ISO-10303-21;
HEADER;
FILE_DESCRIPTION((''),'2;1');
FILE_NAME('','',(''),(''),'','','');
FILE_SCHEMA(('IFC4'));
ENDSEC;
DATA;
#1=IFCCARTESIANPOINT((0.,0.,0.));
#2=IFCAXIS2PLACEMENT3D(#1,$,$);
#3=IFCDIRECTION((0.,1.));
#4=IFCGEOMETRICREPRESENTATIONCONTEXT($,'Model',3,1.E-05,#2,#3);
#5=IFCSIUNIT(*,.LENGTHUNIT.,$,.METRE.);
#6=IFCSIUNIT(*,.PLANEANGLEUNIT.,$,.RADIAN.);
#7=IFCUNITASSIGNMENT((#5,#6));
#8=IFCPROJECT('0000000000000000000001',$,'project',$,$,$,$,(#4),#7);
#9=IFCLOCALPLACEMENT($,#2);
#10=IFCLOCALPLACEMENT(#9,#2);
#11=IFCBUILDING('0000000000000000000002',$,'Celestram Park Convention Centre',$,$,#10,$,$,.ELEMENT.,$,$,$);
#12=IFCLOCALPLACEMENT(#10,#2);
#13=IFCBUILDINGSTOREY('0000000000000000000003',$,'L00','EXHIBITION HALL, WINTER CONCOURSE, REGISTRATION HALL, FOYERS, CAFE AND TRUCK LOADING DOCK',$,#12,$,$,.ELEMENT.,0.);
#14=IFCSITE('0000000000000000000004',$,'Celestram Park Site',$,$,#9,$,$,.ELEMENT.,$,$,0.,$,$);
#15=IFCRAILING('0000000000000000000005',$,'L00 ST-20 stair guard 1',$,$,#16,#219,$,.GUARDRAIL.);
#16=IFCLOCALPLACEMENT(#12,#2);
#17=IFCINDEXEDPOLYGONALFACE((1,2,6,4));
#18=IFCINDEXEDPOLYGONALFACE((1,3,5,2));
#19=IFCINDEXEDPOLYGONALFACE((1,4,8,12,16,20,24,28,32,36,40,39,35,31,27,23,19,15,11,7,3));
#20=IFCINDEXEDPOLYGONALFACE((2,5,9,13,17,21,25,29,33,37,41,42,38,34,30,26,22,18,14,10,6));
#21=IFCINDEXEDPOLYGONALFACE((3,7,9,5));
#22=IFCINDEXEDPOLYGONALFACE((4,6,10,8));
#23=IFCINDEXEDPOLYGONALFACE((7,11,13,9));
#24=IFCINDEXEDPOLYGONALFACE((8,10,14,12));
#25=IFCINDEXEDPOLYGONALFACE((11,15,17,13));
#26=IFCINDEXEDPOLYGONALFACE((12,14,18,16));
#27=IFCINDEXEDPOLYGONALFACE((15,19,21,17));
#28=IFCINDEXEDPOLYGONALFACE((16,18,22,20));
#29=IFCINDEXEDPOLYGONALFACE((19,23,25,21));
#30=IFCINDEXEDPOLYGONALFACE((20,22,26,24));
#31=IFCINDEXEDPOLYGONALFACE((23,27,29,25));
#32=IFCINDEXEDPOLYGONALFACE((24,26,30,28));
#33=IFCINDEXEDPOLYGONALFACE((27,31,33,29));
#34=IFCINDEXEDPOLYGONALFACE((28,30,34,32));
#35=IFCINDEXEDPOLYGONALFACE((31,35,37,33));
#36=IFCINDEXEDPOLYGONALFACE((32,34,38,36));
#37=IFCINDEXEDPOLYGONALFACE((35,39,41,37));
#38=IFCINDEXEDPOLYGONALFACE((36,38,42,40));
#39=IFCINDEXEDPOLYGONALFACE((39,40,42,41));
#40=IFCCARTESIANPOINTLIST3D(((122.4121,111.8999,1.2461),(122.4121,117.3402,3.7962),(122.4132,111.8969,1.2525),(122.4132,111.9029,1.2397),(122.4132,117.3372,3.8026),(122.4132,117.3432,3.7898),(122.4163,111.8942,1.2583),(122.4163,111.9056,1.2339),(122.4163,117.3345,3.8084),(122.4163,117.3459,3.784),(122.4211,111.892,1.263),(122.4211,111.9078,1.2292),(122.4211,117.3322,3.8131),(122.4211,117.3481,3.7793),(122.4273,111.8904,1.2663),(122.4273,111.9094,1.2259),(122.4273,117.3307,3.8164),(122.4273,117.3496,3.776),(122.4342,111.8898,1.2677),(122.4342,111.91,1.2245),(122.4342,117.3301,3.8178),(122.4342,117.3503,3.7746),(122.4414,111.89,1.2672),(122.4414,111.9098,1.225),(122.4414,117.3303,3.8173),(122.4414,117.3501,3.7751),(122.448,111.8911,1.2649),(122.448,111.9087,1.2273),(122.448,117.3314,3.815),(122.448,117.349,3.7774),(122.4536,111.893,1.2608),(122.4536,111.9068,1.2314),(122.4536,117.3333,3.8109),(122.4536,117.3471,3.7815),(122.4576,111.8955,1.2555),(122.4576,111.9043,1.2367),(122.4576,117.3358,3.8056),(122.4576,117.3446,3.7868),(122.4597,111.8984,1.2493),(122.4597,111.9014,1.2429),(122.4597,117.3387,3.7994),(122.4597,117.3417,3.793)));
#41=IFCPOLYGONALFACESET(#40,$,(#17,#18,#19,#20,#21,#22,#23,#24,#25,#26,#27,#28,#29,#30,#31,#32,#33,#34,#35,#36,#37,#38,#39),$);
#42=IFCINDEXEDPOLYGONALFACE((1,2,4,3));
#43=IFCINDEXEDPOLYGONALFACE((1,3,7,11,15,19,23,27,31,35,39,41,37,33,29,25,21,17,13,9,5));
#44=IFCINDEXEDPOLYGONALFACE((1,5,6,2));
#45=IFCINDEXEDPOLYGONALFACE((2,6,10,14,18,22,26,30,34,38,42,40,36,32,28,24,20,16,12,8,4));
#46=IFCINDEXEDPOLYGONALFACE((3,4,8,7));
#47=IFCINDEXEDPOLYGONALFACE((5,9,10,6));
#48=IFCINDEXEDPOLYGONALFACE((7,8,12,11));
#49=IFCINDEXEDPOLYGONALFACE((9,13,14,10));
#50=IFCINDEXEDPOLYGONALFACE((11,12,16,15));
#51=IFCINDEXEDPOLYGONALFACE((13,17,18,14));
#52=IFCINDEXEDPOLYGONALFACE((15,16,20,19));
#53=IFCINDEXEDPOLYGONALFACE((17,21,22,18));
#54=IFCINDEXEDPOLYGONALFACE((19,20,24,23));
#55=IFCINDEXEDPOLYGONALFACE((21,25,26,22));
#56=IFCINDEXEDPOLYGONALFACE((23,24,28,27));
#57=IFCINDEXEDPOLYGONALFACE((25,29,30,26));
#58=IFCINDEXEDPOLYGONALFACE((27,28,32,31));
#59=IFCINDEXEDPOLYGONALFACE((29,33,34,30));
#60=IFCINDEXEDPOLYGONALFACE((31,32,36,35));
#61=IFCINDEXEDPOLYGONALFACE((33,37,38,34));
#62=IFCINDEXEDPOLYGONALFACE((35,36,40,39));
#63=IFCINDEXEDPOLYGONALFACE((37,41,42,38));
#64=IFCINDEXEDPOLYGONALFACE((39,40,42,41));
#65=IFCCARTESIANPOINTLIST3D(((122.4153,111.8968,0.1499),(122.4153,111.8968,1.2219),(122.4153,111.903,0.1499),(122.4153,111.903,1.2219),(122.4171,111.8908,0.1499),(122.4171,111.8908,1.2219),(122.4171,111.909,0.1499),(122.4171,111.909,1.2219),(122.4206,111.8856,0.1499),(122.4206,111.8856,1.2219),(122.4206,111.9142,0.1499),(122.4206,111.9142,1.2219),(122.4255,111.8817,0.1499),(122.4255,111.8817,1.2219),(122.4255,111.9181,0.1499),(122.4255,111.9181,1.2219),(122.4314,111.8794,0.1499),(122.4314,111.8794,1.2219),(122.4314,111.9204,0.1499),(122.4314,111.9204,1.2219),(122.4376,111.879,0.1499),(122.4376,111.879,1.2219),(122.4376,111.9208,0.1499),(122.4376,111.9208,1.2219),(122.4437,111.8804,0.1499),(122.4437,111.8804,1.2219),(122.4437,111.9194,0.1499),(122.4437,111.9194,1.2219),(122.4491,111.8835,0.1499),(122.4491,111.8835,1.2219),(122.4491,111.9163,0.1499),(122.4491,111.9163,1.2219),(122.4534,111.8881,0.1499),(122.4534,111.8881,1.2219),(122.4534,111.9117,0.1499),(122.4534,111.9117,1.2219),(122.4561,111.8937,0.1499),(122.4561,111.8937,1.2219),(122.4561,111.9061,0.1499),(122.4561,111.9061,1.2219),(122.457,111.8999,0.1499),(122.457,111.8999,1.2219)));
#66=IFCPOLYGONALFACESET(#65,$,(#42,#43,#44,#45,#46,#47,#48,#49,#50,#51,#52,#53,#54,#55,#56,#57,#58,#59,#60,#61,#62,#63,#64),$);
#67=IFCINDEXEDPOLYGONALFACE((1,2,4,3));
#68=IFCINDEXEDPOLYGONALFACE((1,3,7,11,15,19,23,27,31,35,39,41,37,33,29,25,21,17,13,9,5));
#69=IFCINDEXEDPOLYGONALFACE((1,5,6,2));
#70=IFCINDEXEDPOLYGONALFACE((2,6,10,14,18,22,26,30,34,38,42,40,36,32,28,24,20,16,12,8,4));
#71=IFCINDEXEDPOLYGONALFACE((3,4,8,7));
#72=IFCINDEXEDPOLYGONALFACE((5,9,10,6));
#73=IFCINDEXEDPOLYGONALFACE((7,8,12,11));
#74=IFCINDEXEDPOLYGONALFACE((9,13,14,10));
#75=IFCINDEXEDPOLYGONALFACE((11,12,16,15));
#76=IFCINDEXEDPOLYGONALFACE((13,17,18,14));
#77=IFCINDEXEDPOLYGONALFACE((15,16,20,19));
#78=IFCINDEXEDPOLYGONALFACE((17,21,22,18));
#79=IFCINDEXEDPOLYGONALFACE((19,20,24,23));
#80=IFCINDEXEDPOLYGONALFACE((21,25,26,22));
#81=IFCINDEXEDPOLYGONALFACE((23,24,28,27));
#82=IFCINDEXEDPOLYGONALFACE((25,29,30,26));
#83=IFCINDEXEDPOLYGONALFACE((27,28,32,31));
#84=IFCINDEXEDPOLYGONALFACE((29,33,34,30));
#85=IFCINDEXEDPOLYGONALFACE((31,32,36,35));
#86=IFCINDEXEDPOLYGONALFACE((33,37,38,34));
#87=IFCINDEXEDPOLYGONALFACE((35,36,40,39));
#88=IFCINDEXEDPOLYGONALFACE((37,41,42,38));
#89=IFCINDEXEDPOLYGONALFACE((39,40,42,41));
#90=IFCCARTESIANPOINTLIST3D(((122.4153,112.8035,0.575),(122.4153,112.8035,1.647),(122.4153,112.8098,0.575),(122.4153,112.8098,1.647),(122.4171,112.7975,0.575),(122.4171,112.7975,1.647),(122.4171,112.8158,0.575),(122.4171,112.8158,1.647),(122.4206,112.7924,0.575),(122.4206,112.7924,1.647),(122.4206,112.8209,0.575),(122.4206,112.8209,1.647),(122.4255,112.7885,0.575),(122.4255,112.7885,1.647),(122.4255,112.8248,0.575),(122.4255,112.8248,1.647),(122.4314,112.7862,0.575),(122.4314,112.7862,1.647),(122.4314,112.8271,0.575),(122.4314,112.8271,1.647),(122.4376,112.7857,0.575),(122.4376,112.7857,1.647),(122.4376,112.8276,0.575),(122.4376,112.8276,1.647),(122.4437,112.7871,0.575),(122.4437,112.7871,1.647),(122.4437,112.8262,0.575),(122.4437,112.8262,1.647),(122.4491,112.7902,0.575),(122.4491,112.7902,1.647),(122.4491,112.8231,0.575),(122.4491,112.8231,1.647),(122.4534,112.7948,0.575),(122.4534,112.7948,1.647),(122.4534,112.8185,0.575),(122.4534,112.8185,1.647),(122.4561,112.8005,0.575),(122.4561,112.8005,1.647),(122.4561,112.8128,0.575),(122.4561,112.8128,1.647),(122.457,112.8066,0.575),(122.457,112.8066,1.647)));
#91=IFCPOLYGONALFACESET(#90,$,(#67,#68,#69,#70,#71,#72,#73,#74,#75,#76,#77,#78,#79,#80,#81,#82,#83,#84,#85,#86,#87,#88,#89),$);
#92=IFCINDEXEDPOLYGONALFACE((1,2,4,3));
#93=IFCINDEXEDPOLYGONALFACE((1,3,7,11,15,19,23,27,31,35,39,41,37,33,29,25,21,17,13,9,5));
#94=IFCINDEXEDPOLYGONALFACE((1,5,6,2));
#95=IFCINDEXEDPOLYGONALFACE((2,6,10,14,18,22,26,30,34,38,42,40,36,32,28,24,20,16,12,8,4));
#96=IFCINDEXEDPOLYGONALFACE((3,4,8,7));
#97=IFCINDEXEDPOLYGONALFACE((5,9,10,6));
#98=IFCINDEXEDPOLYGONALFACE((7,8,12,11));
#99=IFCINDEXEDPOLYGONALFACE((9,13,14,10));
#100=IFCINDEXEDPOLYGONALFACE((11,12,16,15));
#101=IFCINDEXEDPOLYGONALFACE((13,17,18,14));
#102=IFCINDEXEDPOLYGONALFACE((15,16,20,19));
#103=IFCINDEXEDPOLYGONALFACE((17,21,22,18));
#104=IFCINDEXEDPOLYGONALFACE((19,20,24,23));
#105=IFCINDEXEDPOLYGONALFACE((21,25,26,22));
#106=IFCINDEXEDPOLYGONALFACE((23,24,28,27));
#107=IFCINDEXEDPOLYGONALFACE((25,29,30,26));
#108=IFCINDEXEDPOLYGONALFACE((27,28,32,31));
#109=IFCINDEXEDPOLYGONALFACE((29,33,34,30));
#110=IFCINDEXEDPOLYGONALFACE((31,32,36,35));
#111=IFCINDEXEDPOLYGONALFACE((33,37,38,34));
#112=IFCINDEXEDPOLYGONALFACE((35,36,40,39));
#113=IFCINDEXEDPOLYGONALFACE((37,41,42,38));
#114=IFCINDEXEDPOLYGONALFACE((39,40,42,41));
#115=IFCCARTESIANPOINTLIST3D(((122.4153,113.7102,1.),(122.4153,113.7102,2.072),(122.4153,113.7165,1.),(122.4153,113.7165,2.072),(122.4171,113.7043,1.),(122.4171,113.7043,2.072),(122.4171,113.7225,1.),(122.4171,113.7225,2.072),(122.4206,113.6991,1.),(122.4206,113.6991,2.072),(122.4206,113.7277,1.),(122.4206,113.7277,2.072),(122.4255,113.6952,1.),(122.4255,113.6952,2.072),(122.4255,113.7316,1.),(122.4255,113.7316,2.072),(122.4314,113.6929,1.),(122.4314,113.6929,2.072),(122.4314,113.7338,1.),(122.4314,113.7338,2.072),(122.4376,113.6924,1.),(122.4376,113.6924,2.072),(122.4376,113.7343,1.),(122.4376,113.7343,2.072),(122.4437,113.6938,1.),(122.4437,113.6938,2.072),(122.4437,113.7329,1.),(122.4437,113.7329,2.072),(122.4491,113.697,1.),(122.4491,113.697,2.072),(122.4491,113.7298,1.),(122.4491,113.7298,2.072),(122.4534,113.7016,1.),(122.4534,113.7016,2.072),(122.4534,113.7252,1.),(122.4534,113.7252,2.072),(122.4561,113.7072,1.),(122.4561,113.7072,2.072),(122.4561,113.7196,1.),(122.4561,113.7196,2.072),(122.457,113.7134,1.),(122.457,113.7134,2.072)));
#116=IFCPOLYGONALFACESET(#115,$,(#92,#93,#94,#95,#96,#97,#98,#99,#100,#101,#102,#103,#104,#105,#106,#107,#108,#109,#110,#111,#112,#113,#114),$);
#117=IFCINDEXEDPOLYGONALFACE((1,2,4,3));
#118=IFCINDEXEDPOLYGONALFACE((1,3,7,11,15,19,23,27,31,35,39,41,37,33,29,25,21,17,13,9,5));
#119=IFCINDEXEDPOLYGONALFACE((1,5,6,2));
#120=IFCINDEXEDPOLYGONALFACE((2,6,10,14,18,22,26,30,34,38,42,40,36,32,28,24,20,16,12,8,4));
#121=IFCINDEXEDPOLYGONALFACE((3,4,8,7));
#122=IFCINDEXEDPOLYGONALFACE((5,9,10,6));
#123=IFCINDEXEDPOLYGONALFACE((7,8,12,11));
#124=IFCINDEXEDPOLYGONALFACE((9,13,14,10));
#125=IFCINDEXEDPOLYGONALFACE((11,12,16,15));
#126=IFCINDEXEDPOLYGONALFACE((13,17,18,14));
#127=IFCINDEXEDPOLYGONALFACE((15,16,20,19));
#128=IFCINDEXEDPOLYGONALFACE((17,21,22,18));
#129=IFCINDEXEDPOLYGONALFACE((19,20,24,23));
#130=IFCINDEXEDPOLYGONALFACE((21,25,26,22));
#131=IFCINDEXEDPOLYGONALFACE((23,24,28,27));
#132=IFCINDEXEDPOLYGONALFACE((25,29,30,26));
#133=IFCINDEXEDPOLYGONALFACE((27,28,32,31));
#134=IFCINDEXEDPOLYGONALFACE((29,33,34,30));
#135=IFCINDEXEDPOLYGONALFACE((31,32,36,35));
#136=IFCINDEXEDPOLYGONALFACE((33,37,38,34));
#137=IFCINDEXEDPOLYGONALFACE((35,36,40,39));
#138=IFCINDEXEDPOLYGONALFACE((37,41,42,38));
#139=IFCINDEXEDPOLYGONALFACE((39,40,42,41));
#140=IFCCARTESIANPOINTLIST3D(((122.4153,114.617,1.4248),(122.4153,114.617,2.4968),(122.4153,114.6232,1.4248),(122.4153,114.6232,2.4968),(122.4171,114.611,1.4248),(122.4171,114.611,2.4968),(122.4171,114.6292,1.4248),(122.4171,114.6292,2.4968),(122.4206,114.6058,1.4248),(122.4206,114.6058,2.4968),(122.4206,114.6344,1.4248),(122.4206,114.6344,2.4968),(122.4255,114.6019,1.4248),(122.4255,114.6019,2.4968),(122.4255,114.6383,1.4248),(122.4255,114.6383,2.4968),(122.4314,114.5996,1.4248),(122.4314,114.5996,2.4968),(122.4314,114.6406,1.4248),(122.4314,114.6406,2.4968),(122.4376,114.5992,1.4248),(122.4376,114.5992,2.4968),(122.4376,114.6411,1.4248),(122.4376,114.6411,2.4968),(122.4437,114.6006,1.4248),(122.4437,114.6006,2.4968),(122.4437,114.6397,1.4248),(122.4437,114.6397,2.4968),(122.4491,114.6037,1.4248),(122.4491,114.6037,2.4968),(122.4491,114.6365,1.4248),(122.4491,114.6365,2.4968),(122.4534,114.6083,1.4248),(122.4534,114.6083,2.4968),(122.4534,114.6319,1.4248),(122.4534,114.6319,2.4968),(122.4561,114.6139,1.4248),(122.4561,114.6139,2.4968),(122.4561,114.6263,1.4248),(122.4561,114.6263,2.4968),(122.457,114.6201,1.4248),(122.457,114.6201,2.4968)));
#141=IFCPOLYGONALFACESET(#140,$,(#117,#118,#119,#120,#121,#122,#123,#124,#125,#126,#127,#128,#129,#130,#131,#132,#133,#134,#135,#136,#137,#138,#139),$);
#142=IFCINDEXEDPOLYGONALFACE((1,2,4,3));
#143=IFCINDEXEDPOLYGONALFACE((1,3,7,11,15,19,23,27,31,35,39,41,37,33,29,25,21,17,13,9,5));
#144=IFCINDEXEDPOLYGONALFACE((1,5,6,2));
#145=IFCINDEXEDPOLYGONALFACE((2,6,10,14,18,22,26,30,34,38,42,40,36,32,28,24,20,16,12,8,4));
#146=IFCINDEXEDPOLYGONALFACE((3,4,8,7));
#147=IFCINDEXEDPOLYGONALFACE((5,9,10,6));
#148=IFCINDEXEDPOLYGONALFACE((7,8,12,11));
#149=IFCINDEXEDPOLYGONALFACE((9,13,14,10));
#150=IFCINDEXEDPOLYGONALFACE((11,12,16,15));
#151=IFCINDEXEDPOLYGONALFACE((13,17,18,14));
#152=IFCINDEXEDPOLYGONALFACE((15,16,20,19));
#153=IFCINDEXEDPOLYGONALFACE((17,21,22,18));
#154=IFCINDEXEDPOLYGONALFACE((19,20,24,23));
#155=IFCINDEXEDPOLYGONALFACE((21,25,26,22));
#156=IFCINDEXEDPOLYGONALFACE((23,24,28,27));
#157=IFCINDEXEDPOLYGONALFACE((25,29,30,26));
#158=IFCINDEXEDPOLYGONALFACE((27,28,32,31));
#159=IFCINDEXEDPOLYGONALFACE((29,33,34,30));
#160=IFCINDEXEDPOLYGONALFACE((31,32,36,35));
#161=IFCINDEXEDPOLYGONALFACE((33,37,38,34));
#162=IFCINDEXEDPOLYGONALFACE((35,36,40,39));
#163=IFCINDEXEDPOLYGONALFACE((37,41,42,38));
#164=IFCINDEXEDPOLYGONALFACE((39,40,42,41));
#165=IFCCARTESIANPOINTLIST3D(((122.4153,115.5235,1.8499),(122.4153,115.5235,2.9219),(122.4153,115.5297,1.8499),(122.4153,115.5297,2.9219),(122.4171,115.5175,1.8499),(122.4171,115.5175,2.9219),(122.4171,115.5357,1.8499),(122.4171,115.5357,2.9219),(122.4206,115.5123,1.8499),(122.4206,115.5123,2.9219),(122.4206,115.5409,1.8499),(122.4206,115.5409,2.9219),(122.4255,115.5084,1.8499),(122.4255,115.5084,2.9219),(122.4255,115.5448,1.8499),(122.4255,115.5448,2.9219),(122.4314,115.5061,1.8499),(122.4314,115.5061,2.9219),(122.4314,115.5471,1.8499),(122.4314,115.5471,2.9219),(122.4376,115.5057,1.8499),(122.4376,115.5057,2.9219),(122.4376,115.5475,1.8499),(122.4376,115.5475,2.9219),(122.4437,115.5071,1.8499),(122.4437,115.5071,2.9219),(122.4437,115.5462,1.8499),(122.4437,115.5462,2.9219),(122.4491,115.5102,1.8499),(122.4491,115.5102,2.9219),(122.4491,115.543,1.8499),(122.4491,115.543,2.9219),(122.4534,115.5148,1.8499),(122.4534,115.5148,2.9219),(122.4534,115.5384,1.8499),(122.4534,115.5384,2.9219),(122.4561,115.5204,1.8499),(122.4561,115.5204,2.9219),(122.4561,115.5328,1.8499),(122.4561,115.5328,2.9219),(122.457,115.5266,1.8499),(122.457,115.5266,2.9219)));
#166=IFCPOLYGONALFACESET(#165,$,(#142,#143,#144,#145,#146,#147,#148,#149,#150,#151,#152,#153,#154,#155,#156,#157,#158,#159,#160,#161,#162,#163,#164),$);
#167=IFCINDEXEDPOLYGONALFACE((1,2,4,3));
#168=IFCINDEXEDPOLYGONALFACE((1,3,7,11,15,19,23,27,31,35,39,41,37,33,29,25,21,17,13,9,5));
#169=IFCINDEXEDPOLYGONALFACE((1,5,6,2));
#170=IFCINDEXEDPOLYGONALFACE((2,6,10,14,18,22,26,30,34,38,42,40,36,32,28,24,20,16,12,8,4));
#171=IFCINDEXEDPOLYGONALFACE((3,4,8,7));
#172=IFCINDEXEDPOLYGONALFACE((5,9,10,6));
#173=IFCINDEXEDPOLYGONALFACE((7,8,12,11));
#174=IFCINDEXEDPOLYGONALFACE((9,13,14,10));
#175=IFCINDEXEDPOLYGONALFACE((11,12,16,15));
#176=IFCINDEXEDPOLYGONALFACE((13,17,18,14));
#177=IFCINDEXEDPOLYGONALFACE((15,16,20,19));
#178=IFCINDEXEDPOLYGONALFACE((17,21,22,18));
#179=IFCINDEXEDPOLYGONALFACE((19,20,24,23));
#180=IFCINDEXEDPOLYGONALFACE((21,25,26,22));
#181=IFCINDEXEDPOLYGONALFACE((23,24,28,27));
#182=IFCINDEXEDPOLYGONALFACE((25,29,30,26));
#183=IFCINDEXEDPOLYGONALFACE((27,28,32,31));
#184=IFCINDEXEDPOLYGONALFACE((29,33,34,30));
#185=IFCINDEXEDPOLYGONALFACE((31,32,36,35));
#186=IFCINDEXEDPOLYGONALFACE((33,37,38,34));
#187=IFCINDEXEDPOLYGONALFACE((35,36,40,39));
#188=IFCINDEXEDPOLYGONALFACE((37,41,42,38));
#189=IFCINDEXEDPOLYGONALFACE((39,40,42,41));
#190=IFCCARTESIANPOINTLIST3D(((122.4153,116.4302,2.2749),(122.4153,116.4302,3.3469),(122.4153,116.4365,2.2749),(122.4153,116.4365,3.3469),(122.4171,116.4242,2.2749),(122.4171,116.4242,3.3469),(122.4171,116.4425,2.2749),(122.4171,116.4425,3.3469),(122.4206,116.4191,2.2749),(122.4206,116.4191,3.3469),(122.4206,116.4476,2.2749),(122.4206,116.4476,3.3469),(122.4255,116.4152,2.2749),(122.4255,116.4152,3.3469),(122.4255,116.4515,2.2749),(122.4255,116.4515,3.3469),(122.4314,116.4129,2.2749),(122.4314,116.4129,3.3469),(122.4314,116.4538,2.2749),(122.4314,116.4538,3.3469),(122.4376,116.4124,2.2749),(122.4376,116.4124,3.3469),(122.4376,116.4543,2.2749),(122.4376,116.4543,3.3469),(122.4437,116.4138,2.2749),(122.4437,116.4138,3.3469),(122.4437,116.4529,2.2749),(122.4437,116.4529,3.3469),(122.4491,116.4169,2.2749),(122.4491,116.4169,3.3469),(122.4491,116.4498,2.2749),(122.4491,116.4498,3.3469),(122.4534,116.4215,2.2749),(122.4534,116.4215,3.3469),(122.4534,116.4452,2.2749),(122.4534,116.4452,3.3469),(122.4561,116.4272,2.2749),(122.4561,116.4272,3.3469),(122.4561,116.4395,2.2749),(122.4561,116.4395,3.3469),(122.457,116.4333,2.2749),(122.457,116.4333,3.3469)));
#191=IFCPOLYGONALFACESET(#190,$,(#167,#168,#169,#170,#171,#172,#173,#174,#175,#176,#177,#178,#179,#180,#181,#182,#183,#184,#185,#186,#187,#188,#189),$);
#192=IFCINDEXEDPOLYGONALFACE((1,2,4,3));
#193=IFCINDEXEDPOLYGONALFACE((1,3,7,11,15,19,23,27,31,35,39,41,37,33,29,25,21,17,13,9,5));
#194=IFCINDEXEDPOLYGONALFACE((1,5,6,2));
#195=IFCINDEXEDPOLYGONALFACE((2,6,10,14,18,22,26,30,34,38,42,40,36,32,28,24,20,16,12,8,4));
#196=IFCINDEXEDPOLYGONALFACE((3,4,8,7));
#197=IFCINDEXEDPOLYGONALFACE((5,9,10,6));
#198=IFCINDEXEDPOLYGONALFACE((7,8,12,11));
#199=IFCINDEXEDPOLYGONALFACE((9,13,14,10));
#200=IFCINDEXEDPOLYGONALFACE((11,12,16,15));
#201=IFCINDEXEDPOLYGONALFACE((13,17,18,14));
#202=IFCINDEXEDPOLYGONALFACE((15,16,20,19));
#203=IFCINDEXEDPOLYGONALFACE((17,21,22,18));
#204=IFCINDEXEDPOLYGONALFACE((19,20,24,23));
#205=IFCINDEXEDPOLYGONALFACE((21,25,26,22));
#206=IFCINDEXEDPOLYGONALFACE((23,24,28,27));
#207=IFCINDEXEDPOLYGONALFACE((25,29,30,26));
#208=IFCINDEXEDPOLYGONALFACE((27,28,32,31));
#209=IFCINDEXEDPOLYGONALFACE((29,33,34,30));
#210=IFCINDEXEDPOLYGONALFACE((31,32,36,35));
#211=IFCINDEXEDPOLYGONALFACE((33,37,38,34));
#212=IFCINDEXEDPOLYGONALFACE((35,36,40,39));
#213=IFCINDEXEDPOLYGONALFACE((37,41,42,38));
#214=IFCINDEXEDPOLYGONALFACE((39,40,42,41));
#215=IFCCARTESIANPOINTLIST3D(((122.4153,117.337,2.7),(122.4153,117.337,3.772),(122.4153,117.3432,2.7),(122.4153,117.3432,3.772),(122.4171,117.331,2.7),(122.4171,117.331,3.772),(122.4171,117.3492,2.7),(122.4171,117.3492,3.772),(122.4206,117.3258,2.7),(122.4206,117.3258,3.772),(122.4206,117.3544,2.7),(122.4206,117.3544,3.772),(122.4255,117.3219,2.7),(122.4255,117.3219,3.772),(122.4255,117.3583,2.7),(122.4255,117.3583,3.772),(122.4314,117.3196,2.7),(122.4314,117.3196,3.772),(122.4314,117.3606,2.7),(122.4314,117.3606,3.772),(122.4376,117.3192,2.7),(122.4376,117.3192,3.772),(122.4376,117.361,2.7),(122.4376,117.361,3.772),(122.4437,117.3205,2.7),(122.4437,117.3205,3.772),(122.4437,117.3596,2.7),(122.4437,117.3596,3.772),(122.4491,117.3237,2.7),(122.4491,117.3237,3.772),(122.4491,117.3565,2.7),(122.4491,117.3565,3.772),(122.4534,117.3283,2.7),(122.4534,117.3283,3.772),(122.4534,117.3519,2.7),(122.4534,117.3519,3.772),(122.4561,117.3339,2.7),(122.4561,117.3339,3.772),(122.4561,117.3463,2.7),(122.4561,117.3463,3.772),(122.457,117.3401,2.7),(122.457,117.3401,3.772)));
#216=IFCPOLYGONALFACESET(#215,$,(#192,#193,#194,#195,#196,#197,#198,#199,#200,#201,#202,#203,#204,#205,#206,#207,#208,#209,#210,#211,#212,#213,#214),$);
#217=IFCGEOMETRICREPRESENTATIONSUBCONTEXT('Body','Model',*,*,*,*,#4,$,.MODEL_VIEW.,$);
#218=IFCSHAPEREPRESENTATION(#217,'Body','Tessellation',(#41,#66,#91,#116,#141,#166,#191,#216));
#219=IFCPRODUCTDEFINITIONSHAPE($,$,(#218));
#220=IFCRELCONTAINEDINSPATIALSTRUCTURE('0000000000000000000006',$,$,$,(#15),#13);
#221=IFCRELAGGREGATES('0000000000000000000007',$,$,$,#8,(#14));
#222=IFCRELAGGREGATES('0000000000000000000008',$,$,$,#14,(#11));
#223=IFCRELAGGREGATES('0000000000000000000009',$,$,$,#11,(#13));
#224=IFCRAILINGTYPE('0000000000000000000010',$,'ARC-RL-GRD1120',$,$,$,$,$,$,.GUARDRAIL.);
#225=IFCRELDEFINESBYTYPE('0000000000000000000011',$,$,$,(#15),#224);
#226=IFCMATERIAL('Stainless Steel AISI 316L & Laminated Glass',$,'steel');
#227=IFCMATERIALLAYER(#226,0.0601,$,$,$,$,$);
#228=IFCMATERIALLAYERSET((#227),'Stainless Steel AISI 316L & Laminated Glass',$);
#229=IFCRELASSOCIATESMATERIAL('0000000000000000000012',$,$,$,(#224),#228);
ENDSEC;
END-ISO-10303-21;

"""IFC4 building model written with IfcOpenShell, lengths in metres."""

from ifc_helpers import new_model, si_unit, direction, frame, origin, origin_2d, place, context, subcontext, project, spatial, circle, extrude, material, layer, layer_set, type_object, element, save


model = new_model("IFC4")

# Units and contexts
model_context = context("Model", 3, precision=1e-05, world=origin(), true_north=direction((0.0, 1.0)))
body_context = subcontext(model_context, "Body", "Model", "MODEL_VIEW")
ifc_project = project(units=[si_unit("LENGTHUNIT", "METRE"), si_unit("PLANEANGLEUNIT", "RADIAN")], contexts=[model_context])

# Site, building, storey
site_placement = place(None, origin())
site = spatial("IfcSite", under=ifc_project, at=site_placement, Name="Celestram Park Site", CompositionType="ELEMENT", RefElevation=0.0)
building_placement = place(site_placement, origin())
building = spatial("IfcBuilding", under=site, at=building_placement, Name="Celestram Park Convention Centre", CompositionType="ELEMENT")
storey_placement = place(building_placement, origin())
storey = spatial("IfcBuildingStorey", under=building, at=storey_placement, Name="L00", Description="EXHIBITION HALL, WINTER CONCOURSE, REGISTRATION HALL, FOYERS, CAFE AND TRUCK LOADING DOCK", CompositionType="ELEMENT", Elevation=0.0)

# Railing
ifc_material_1 = material(Name="Stainless Steel AISI 316L & Laminated Glass", Category="steel")
ifc_layer_1 = layer(ifc_material_1, 0.0601)
ifc_layer_set_1 = layer_set([ifc_layer_1], Name="Stainless Steel AISI 316L & Laminated Glass")
railing_type = type_object("IfcRailingType", Name="ARC-RL-GRD1120", PredefinedType="GUARDRAIL", material=ifc_layer_set_1)
railing_1_placement = place(storey_placement, frame((122.436, 111.8999, 0.1499)))
element("IfcRailing", 1, at=railing_1_placement, inside=storey, type_object=railing_type, Name="L00 ST-20 stair guard 1", PredefinedType="GUARDRAIL", context=body_context, shape_type="SweptSolid", body=[
    extrude(circle(Radius=0.0239, at=origin_2d()), frame((0.0, 0.0, 1.0962), z_axis=(0.0, 0.905461, 0.424429), x_axis=(-1.0, 0.0, 0.0)), (0.0, 0.0, 1.0), 6.0083),
    extrude(circle(Radius=0.021, at=origin_2d()), origin(), (0.0, 0.0, 1.0), 1.072),
    extrude(circle(Radius=0.021, at=origin_2d()), frame((0.0, 0.9067, 0.425)), (0.0, 0.0, 1.0), 1.072),
    extrude(circle(Radius=0.021, at=origin_2d()), frame((0.0, 1.8135, 0.8501)), (0.0, 0.0, 1.0), 1.072),
    extrude(circle(Radius=0.021, at=origin_2d()), frame((0.0, 2.7202, 1.2749)), (0.0, 0.0, 1.0), 1.072),
    extrude(circle(Radius=0.021, at=origin_2d()), frame((0.0, 3.6267, 1.7)), (0.0, 0.0, 1.0), 1.072),
    extrude(circle(Radius=0.021, at=origin_2d()), frame((0.0, 4.5334, 2.125)), (0.0, 0.0, 1.0), 1.072),
    extrude(circle(Radius=0.021, at=origin_2d()), frame((0.0, 5.4402, 2.55)), (0.0, 0.0, 1.0), 1.072),
])

save(model, "model.ifc")
